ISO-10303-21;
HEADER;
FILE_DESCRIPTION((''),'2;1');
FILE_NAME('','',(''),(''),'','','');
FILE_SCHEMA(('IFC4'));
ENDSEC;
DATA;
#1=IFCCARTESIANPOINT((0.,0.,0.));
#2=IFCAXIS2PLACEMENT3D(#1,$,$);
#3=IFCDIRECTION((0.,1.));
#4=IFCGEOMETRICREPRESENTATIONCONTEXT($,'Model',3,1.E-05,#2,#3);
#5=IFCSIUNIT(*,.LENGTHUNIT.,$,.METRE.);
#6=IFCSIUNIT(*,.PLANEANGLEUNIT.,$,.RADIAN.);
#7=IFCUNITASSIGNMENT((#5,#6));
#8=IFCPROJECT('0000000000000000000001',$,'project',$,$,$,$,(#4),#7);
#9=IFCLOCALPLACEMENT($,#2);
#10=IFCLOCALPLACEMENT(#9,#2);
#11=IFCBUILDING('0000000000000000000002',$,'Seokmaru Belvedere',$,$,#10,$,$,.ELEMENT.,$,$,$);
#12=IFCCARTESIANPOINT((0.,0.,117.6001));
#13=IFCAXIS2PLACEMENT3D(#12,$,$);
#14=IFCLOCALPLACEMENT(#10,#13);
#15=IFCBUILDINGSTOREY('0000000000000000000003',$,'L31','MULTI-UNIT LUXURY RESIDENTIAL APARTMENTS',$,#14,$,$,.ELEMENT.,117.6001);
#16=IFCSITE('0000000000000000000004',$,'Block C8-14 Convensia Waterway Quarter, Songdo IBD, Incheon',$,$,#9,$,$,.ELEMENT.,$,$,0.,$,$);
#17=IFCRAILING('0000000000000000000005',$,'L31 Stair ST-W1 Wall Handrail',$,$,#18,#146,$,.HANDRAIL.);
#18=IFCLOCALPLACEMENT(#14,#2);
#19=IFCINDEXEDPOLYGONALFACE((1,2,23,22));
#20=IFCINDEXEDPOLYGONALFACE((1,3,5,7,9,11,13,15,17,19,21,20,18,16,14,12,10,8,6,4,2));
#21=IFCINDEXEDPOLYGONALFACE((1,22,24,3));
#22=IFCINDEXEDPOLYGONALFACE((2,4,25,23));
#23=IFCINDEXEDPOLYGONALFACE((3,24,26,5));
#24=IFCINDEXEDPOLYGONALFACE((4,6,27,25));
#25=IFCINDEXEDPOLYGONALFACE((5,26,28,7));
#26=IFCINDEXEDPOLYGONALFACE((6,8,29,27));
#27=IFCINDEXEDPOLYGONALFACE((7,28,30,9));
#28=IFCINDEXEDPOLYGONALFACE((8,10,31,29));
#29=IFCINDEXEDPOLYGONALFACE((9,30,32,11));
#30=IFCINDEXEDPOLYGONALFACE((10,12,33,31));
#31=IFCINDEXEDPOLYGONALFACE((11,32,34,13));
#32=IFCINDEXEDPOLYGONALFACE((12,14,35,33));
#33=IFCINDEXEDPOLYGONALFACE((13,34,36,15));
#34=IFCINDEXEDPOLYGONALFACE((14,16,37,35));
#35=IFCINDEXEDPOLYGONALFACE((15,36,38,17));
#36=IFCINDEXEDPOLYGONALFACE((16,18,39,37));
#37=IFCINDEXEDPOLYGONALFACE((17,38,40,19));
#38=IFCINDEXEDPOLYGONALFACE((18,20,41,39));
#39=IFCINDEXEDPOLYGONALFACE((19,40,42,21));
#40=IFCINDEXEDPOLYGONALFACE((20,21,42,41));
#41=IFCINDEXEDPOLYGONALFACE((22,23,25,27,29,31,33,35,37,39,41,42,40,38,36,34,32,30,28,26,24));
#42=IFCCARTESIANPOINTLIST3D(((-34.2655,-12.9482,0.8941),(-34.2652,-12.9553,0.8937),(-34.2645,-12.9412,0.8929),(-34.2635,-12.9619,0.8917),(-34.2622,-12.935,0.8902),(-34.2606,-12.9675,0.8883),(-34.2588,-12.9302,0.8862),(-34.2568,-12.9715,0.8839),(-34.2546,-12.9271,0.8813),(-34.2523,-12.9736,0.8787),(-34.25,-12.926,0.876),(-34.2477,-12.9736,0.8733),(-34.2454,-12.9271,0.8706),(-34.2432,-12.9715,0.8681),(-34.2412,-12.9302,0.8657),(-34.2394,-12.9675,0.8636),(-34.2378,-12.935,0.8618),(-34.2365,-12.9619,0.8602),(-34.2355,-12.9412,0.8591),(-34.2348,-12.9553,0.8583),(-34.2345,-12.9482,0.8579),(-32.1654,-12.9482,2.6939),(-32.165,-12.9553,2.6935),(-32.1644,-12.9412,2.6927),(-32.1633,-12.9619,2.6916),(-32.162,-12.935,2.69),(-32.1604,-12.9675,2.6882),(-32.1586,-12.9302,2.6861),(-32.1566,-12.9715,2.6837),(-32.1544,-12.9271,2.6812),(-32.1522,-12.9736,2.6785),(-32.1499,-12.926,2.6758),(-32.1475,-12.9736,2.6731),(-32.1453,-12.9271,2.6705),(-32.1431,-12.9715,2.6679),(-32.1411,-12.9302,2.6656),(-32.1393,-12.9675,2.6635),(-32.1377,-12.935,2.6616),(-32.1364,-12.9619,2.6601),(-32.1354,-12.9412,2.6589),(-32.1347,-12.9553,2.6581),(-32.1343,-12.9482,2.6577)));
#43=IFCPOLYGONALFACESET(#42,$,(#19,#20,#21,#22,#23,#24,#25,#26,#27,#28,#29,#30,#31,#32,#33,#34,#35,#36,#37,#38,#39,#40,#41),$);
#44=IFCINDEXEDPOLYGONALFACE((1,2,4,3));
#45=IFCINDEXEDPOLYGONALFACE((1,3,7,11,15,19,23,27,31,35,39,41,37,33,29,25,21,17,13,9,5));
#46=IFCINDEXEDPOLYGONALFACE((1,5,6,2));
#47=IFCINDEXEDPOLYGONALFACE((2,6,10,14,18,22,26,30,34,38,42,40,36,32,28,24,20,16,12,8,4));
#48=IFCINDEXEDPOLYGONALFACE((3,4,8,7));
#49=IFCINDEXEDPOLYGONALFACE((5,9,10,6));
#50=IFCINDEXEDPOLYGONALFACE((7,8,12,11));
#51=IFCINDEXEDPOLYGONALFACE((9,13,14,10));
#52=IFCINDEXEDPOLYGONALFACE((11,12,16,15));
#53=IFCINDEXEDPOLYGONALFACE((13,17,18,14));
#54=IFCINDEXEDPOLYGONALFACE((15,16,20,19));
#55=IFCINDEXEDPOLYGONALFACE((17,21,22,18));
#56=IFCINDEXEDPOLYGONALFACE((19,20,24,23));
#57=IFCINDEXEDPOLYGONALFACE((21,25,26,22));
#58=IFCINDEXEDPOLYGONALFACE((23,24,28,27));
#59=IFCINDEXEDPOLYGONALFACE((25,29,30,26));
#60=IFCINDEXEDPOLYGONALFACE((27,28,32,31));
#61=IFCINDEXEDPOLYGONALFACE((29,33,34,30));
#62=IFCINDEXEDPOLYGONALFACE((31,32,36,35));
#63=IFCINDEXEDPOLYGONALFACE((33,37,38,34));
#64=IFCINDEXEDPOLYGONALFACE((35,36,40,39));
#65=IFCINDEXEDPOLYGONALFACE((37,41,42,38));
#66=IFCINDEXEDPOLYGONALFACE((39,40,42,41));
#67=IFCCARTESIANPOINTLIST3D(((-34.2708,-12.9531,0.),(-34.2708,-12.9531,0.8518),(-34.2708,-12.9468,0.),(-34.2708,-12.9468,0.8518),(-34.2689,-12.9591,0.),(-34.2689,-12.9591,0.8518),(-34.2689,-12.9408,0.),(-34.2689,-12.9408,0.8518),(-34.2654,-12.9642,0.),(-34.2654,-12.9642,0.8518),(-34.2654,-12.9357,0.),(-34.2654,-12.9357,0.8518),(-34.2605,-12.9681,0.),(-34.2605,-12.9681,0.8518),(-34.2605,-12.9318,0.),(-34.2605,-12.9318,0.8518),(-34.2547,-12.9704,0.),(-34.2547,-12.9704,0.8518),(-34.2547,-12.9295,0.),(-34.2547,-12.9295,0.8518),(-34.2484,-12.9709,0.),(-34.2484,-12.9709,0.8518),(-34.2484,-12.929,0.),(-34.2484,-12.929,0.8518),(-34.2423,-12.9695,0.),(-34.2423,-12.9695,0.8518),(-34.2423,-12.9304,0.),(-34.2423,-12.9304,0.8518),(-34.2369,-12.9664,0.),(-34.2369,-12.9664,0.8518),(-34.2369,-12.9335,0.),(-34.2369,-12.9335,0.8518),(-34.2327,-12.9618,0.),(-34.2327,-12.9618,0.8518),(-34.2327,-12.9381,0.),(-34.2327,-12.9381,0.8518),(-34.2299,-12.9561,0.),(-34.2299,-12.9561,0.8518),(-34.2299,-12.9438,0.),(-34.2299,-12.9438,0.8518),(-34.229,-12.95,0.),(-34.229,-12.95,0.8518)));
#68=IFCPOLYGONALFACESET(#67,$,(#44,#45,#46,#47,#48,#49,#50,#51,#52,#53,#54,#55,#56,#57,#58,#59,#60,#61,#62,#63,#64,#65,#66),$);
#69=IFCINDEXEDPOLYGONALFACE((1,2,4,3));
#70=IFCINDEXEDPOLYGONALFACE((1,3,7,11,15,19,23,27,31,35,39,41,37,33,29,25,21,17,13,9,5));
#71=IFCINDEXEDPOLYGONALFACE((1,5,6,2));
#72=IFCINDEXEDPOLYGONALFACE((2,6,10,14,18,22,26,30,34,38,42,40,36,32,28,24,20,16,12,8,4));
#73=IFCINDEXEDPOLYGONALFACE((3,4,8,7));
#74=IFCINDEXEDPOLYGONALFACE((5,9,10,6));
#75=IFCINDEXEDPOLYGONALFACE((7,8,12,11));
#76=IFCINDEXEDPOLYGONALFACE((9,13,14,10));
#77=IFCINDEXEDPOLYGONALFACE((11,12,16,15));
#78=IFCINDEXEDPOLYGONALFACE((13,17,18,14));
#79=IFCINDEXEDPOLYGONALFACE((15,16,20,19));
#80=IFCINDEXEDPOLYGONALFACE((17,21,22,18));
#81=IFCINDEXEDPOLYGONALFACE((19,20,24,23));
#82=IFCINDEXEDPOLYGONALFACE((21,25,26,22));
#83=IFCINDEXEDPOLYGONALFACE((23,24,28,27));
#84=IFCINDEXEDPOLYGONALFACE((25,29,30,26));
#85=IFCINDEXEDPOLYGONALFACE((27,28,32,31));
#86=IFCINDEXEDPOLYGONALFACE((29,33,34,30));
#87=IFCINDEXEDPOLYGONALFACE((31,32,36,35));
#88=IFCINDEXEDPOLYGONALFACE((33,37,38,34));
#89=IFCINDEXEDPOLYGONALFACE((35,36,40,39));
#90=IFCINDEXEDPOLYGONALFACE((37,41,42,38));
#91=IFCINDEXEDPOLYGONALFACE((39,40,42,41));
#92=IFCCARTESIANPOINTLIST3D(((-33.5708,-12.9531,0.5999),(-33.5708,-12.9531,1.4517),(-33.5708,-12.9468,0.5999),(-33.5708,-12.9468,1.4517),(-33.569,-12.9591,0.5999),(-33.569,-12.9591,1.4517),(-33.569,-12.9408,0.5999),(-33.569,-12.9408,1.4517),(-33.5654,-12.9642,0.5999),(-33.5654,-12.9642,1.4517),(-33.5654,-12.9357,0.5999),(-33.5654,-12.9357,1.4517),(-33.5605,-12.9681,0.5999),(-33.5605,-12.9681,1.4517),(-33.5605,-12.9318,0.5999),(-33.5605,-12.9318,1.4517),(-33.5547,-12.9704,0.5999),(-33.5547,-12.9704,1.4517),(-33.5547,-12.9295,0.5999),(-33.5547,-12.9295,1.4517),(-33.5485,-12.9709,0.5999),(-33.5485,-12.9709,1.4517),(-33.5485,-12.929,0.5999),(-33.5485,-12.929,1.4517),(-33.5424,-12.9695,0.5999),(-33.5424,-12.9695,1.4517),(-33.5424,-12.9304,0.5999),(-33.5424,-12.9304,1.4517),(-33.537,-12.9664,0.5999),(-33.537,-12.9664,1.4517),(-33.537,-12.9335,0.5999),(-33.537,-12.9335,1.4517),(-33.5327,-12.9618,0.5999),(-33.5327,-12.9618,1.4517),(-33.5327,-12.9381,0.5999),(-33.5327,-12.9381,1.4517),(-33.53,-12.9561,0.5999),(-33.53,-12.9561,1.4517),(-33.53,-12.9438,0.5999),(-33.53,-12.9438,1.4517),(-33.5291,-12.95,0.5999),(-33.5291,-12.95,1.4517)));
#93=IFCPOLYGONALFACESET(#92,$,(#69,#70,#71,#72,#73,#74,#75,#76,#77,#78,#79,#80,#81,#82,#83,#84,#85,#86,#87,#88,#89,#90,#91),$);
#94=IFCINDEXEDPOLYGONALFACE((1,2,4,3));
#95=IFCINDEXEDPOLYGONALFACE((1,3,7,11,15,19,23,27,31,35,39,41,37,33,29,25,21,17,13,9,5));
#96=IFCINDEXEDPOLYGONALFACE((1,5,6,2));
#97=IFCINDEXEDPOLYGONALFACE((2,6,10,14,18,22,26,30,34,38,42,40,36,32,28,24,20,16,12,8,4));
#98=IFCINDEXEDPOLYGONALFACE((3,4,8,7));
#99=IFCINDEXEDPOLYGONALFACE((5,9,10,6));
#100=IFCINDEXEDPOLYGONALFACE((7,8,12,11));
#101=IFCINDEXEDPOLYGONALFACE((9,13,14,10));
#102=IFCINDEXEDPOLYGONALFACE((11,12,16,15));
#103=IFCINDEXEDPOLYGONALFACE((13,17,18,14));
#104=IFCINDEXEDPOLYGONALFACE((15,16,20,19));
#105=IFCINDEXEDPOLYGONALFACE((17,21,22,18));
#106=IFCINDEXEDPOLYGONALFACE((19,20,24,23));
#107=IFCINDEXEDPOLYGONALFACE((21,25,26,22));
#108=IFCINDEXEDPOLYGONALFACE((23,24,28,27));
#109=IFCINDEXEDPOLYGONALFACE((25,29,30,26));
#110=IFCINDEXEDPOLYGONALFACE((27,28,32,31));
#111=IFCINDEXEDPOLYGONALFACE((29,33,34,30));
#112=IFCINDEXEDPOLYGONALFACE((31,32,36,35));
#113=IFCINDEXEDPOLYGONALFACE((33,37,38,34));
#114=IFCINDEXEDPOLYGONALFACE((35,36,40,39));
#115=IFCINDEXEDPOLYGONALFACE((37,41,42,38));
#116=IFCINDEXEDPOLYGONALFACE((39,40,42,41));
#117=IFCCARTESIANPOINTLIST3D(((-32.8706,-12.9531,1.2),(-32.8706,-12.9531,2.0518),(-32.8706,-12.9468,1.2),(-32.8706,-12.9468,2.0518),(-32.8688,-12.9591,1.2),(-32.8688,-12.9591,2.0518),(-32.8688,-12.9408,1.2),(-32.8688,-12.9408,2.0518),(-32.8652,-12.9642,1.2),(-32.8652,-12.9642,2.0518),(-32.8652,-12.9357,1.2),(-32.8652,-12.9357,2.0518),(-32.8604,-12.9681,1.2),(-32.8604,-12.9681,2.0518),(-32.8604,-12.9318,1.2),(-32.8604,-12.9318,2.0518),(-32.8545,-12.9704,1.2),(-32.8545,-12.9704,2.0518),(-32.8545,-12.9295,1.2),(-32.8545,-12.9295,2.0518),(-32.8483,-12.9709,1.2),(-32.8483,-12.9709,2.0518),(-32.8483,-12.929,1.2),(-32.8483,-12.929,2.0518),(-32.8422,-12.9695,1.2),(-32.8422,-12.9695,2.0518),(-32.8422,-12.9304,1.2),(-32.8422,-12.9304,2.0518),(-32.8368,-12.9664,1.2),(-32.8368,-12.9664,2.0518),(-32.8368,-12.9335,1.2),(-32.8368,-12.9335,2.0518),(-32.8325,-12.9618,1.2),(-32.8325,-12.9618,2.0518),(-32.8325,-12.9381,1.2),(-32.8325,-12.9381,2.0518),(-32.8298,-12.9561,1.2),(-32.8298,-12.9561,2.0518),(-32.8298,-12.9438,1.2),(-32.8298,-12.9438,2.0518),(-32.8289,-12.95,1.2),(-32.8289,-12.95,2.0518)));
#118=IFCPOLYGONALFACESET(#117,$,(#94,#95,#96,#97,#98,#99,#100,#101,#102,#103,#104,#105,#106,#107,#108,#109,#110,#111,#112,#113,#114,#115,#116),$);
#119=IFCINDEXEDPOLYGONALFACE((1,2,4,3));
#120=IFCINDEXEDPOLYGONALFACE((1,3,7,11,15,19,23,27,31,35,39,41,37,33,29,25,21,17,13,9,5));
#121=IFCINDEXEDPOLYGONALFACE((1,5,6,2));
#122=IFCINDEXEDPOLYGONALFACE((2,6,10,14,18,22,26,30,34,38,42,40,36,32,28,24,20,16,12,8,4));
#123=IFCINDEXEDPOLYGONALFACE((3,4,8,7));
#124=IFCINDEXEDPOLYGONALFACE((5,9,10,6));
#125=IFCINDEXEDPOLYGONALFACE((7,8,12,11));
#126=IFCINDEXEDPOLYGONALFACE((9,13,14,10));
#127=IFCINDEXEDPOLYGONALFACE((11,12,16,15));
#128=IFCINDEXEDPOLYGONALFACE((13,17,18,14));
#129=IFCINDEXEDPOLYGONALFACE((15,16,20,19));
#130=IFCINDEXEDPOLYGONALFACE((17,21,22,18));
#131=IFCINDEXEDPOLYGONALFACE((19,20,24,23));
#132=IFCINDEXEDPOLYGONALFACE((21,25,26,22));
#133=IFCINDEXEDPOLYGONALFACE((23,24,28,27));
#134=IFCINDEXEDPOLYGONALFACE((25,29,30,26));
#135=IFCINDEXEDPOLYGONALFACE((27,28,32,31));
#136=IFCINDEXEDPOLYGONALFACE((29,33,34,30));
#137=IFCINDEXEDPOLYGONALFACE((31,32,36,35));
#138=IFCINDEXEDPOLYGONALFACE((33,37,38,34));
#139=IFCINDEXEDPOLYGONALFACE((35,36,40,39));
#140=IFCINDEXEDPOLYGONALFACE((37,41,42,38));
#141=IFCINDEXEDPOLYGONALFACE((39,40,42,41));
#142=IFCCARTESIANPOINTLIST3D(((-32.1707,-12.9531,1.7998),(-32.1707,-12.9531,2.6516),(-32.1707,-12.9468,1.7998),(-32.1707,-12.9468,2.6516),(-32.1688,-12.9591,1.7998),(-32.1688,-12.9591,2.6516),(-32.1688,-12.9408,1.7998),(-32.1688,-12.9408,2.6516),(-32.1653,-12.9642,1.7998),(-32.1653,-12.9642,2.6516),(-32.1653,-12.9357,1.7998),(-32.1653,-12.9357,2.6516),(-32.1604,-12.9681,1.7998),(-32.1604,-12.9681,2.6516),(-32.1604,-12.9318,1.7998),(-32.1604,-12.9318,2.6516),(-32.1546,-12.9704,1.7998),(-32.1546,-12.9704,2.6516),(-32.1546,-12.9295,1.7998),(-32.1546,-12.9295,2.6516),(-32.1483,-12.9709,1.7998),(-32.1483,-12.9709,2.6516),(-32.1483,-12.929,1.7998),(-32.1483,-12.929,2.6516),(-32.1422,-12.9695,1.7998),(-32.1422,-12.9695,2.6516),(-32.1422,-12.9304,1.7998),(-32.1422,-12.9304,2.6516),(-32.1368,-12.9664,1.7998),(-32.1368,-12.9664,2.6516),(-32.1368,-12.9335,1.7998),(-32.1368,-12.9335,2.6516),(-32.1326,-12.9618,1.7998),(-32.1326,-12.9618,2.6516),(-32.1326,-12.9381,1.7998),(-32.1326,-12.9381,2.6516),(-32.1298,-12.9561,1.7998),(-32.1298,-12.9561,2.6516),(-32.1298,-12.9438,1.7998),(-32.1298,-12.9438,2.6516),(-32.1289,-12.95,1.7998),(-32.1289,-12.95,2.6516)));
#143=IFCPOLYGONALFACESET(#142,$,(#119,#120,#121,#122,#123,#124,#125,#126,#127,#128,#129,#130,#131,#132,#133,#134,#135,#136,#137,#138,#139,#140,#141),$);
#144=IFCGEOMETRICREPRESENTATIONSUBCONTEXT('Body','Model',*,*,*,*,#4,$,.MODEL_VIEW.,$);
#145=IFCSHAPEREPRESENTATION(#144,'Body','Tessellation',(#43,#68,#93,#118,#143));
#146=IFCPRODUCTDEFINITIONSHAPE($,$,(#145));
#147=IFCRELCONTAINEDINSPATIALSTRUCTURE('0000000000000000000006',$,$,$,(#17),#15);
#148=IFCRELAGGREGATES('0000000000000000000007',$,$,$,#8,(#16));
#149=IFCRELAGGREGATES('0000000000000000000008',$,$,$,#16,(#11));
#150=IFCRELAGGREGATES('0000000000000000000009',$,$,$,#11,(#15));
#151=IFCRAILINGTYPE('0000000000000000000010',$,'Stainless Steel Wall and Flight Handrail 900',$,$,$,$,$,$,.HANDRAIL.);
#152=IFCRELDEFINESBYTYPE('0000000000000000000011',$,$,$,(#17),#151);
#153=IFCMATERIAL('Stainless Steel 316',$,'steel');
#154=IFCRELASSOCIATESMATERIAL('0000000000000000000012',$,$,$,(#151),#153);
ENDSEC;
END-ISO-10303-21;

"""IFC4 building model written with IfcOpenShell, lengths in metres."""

from ifc_helpers import new_model, si_unit, direction, frame, origin, origin_2d, place, context, subcontext, project, spatial, circle, extrude, material, type_object, element, save


model = new_model("IFC4")

# Units and contexts
model_context = context("Model", 3, precision=1e-05, world=origin(), true_north=direction((0.0, 1.0)))
body_context = subcontext(model_context, "Body", "Model", "MODEL_VIEW")
ifc_project = project(units=[si_unit("LENGTHUNIT", "METRE"), si_unit("PLANEANGLEUNIT", "RADIAN")], contexts=[model_context])

# Site, building, storey
site_placement = place(None, origin())
site = spatial("IfcSite", under=ifc_project, at=site_placement, Name="Block C8-14 Convensia Waterway Quarter, Songdo IBD, Incheon", CompositionType="ELEMENT", RefElevation=0.0)
building_placement = place(site_placement, origin())
building = spatial("IfcBuilding", under=site, at=building_placement, Name="Seokmaru Belvedere", CompositionType="ELEMENT")
storey_placement = place(building_placement, frame((0.0, 0.0, 117.6001)))
storey = spatial("IfcBuildingStorey", under=building, at=storey_placement, Name="L31", Description="MULTI-UNIT LUXURY RESIDENTIAL APARTMENTS", CompositionType="ELEMENT", Elevation=117.6001)

# Railing
ifc_material_1 = material(Name="Stainless Steel 316", Category="steel")
railing_type_1 = type_object("IfcRailingType", Name="Stainless Steel Wall and Flight Handrail 900", PredefinedType="HANDRAIL", material=ifc_material_1)
railing_1_placement = place(storey_placement, frame((-34.25, -12.95, 0.0)))
element("IfcRailing", 1, at=railing_1_placement, inside=storey, type_object=railing_type_1, Name="L31 Stair ST-W1 Wall Handrail", PredefinedType="HANDRAIL", context=body_context, shape_type="SweptSolid", body=[
    extrude(circle(Radius=0.0239, at=origin_2d()), frame((0.0, 0.0, 0.876), z_axis=(0.759306, 0.0, 0.650733), x_axis=(0.0, 1.0, 0.0)), (0.0, 0.0, 1.0), 2.7659),
    extrude(circle(Radius=0.021, at=origin_2d()), origin(), (0.0, 0.0, 1.0), 0.8518),
    extrude(circle(Radius=0.021, at=origin_2d()), frame((0.7, 0.0, 0.5999)), (0.0, 0.0, 1.0), 0.8518),
    extrude(circle(Radius=0.021, at=origin_2d()), frame((1.4001, 0.0, 1.2)), (0.0, 0.0, 1.0), 0.8518),
    extrude(circle(Radius=0.021, at=origin_2d()), frame((2.1001, 0.0, 1.7998)), (0.0, 0.0, 1.0), 0.8518),
])

save(model, "model.ifc")
